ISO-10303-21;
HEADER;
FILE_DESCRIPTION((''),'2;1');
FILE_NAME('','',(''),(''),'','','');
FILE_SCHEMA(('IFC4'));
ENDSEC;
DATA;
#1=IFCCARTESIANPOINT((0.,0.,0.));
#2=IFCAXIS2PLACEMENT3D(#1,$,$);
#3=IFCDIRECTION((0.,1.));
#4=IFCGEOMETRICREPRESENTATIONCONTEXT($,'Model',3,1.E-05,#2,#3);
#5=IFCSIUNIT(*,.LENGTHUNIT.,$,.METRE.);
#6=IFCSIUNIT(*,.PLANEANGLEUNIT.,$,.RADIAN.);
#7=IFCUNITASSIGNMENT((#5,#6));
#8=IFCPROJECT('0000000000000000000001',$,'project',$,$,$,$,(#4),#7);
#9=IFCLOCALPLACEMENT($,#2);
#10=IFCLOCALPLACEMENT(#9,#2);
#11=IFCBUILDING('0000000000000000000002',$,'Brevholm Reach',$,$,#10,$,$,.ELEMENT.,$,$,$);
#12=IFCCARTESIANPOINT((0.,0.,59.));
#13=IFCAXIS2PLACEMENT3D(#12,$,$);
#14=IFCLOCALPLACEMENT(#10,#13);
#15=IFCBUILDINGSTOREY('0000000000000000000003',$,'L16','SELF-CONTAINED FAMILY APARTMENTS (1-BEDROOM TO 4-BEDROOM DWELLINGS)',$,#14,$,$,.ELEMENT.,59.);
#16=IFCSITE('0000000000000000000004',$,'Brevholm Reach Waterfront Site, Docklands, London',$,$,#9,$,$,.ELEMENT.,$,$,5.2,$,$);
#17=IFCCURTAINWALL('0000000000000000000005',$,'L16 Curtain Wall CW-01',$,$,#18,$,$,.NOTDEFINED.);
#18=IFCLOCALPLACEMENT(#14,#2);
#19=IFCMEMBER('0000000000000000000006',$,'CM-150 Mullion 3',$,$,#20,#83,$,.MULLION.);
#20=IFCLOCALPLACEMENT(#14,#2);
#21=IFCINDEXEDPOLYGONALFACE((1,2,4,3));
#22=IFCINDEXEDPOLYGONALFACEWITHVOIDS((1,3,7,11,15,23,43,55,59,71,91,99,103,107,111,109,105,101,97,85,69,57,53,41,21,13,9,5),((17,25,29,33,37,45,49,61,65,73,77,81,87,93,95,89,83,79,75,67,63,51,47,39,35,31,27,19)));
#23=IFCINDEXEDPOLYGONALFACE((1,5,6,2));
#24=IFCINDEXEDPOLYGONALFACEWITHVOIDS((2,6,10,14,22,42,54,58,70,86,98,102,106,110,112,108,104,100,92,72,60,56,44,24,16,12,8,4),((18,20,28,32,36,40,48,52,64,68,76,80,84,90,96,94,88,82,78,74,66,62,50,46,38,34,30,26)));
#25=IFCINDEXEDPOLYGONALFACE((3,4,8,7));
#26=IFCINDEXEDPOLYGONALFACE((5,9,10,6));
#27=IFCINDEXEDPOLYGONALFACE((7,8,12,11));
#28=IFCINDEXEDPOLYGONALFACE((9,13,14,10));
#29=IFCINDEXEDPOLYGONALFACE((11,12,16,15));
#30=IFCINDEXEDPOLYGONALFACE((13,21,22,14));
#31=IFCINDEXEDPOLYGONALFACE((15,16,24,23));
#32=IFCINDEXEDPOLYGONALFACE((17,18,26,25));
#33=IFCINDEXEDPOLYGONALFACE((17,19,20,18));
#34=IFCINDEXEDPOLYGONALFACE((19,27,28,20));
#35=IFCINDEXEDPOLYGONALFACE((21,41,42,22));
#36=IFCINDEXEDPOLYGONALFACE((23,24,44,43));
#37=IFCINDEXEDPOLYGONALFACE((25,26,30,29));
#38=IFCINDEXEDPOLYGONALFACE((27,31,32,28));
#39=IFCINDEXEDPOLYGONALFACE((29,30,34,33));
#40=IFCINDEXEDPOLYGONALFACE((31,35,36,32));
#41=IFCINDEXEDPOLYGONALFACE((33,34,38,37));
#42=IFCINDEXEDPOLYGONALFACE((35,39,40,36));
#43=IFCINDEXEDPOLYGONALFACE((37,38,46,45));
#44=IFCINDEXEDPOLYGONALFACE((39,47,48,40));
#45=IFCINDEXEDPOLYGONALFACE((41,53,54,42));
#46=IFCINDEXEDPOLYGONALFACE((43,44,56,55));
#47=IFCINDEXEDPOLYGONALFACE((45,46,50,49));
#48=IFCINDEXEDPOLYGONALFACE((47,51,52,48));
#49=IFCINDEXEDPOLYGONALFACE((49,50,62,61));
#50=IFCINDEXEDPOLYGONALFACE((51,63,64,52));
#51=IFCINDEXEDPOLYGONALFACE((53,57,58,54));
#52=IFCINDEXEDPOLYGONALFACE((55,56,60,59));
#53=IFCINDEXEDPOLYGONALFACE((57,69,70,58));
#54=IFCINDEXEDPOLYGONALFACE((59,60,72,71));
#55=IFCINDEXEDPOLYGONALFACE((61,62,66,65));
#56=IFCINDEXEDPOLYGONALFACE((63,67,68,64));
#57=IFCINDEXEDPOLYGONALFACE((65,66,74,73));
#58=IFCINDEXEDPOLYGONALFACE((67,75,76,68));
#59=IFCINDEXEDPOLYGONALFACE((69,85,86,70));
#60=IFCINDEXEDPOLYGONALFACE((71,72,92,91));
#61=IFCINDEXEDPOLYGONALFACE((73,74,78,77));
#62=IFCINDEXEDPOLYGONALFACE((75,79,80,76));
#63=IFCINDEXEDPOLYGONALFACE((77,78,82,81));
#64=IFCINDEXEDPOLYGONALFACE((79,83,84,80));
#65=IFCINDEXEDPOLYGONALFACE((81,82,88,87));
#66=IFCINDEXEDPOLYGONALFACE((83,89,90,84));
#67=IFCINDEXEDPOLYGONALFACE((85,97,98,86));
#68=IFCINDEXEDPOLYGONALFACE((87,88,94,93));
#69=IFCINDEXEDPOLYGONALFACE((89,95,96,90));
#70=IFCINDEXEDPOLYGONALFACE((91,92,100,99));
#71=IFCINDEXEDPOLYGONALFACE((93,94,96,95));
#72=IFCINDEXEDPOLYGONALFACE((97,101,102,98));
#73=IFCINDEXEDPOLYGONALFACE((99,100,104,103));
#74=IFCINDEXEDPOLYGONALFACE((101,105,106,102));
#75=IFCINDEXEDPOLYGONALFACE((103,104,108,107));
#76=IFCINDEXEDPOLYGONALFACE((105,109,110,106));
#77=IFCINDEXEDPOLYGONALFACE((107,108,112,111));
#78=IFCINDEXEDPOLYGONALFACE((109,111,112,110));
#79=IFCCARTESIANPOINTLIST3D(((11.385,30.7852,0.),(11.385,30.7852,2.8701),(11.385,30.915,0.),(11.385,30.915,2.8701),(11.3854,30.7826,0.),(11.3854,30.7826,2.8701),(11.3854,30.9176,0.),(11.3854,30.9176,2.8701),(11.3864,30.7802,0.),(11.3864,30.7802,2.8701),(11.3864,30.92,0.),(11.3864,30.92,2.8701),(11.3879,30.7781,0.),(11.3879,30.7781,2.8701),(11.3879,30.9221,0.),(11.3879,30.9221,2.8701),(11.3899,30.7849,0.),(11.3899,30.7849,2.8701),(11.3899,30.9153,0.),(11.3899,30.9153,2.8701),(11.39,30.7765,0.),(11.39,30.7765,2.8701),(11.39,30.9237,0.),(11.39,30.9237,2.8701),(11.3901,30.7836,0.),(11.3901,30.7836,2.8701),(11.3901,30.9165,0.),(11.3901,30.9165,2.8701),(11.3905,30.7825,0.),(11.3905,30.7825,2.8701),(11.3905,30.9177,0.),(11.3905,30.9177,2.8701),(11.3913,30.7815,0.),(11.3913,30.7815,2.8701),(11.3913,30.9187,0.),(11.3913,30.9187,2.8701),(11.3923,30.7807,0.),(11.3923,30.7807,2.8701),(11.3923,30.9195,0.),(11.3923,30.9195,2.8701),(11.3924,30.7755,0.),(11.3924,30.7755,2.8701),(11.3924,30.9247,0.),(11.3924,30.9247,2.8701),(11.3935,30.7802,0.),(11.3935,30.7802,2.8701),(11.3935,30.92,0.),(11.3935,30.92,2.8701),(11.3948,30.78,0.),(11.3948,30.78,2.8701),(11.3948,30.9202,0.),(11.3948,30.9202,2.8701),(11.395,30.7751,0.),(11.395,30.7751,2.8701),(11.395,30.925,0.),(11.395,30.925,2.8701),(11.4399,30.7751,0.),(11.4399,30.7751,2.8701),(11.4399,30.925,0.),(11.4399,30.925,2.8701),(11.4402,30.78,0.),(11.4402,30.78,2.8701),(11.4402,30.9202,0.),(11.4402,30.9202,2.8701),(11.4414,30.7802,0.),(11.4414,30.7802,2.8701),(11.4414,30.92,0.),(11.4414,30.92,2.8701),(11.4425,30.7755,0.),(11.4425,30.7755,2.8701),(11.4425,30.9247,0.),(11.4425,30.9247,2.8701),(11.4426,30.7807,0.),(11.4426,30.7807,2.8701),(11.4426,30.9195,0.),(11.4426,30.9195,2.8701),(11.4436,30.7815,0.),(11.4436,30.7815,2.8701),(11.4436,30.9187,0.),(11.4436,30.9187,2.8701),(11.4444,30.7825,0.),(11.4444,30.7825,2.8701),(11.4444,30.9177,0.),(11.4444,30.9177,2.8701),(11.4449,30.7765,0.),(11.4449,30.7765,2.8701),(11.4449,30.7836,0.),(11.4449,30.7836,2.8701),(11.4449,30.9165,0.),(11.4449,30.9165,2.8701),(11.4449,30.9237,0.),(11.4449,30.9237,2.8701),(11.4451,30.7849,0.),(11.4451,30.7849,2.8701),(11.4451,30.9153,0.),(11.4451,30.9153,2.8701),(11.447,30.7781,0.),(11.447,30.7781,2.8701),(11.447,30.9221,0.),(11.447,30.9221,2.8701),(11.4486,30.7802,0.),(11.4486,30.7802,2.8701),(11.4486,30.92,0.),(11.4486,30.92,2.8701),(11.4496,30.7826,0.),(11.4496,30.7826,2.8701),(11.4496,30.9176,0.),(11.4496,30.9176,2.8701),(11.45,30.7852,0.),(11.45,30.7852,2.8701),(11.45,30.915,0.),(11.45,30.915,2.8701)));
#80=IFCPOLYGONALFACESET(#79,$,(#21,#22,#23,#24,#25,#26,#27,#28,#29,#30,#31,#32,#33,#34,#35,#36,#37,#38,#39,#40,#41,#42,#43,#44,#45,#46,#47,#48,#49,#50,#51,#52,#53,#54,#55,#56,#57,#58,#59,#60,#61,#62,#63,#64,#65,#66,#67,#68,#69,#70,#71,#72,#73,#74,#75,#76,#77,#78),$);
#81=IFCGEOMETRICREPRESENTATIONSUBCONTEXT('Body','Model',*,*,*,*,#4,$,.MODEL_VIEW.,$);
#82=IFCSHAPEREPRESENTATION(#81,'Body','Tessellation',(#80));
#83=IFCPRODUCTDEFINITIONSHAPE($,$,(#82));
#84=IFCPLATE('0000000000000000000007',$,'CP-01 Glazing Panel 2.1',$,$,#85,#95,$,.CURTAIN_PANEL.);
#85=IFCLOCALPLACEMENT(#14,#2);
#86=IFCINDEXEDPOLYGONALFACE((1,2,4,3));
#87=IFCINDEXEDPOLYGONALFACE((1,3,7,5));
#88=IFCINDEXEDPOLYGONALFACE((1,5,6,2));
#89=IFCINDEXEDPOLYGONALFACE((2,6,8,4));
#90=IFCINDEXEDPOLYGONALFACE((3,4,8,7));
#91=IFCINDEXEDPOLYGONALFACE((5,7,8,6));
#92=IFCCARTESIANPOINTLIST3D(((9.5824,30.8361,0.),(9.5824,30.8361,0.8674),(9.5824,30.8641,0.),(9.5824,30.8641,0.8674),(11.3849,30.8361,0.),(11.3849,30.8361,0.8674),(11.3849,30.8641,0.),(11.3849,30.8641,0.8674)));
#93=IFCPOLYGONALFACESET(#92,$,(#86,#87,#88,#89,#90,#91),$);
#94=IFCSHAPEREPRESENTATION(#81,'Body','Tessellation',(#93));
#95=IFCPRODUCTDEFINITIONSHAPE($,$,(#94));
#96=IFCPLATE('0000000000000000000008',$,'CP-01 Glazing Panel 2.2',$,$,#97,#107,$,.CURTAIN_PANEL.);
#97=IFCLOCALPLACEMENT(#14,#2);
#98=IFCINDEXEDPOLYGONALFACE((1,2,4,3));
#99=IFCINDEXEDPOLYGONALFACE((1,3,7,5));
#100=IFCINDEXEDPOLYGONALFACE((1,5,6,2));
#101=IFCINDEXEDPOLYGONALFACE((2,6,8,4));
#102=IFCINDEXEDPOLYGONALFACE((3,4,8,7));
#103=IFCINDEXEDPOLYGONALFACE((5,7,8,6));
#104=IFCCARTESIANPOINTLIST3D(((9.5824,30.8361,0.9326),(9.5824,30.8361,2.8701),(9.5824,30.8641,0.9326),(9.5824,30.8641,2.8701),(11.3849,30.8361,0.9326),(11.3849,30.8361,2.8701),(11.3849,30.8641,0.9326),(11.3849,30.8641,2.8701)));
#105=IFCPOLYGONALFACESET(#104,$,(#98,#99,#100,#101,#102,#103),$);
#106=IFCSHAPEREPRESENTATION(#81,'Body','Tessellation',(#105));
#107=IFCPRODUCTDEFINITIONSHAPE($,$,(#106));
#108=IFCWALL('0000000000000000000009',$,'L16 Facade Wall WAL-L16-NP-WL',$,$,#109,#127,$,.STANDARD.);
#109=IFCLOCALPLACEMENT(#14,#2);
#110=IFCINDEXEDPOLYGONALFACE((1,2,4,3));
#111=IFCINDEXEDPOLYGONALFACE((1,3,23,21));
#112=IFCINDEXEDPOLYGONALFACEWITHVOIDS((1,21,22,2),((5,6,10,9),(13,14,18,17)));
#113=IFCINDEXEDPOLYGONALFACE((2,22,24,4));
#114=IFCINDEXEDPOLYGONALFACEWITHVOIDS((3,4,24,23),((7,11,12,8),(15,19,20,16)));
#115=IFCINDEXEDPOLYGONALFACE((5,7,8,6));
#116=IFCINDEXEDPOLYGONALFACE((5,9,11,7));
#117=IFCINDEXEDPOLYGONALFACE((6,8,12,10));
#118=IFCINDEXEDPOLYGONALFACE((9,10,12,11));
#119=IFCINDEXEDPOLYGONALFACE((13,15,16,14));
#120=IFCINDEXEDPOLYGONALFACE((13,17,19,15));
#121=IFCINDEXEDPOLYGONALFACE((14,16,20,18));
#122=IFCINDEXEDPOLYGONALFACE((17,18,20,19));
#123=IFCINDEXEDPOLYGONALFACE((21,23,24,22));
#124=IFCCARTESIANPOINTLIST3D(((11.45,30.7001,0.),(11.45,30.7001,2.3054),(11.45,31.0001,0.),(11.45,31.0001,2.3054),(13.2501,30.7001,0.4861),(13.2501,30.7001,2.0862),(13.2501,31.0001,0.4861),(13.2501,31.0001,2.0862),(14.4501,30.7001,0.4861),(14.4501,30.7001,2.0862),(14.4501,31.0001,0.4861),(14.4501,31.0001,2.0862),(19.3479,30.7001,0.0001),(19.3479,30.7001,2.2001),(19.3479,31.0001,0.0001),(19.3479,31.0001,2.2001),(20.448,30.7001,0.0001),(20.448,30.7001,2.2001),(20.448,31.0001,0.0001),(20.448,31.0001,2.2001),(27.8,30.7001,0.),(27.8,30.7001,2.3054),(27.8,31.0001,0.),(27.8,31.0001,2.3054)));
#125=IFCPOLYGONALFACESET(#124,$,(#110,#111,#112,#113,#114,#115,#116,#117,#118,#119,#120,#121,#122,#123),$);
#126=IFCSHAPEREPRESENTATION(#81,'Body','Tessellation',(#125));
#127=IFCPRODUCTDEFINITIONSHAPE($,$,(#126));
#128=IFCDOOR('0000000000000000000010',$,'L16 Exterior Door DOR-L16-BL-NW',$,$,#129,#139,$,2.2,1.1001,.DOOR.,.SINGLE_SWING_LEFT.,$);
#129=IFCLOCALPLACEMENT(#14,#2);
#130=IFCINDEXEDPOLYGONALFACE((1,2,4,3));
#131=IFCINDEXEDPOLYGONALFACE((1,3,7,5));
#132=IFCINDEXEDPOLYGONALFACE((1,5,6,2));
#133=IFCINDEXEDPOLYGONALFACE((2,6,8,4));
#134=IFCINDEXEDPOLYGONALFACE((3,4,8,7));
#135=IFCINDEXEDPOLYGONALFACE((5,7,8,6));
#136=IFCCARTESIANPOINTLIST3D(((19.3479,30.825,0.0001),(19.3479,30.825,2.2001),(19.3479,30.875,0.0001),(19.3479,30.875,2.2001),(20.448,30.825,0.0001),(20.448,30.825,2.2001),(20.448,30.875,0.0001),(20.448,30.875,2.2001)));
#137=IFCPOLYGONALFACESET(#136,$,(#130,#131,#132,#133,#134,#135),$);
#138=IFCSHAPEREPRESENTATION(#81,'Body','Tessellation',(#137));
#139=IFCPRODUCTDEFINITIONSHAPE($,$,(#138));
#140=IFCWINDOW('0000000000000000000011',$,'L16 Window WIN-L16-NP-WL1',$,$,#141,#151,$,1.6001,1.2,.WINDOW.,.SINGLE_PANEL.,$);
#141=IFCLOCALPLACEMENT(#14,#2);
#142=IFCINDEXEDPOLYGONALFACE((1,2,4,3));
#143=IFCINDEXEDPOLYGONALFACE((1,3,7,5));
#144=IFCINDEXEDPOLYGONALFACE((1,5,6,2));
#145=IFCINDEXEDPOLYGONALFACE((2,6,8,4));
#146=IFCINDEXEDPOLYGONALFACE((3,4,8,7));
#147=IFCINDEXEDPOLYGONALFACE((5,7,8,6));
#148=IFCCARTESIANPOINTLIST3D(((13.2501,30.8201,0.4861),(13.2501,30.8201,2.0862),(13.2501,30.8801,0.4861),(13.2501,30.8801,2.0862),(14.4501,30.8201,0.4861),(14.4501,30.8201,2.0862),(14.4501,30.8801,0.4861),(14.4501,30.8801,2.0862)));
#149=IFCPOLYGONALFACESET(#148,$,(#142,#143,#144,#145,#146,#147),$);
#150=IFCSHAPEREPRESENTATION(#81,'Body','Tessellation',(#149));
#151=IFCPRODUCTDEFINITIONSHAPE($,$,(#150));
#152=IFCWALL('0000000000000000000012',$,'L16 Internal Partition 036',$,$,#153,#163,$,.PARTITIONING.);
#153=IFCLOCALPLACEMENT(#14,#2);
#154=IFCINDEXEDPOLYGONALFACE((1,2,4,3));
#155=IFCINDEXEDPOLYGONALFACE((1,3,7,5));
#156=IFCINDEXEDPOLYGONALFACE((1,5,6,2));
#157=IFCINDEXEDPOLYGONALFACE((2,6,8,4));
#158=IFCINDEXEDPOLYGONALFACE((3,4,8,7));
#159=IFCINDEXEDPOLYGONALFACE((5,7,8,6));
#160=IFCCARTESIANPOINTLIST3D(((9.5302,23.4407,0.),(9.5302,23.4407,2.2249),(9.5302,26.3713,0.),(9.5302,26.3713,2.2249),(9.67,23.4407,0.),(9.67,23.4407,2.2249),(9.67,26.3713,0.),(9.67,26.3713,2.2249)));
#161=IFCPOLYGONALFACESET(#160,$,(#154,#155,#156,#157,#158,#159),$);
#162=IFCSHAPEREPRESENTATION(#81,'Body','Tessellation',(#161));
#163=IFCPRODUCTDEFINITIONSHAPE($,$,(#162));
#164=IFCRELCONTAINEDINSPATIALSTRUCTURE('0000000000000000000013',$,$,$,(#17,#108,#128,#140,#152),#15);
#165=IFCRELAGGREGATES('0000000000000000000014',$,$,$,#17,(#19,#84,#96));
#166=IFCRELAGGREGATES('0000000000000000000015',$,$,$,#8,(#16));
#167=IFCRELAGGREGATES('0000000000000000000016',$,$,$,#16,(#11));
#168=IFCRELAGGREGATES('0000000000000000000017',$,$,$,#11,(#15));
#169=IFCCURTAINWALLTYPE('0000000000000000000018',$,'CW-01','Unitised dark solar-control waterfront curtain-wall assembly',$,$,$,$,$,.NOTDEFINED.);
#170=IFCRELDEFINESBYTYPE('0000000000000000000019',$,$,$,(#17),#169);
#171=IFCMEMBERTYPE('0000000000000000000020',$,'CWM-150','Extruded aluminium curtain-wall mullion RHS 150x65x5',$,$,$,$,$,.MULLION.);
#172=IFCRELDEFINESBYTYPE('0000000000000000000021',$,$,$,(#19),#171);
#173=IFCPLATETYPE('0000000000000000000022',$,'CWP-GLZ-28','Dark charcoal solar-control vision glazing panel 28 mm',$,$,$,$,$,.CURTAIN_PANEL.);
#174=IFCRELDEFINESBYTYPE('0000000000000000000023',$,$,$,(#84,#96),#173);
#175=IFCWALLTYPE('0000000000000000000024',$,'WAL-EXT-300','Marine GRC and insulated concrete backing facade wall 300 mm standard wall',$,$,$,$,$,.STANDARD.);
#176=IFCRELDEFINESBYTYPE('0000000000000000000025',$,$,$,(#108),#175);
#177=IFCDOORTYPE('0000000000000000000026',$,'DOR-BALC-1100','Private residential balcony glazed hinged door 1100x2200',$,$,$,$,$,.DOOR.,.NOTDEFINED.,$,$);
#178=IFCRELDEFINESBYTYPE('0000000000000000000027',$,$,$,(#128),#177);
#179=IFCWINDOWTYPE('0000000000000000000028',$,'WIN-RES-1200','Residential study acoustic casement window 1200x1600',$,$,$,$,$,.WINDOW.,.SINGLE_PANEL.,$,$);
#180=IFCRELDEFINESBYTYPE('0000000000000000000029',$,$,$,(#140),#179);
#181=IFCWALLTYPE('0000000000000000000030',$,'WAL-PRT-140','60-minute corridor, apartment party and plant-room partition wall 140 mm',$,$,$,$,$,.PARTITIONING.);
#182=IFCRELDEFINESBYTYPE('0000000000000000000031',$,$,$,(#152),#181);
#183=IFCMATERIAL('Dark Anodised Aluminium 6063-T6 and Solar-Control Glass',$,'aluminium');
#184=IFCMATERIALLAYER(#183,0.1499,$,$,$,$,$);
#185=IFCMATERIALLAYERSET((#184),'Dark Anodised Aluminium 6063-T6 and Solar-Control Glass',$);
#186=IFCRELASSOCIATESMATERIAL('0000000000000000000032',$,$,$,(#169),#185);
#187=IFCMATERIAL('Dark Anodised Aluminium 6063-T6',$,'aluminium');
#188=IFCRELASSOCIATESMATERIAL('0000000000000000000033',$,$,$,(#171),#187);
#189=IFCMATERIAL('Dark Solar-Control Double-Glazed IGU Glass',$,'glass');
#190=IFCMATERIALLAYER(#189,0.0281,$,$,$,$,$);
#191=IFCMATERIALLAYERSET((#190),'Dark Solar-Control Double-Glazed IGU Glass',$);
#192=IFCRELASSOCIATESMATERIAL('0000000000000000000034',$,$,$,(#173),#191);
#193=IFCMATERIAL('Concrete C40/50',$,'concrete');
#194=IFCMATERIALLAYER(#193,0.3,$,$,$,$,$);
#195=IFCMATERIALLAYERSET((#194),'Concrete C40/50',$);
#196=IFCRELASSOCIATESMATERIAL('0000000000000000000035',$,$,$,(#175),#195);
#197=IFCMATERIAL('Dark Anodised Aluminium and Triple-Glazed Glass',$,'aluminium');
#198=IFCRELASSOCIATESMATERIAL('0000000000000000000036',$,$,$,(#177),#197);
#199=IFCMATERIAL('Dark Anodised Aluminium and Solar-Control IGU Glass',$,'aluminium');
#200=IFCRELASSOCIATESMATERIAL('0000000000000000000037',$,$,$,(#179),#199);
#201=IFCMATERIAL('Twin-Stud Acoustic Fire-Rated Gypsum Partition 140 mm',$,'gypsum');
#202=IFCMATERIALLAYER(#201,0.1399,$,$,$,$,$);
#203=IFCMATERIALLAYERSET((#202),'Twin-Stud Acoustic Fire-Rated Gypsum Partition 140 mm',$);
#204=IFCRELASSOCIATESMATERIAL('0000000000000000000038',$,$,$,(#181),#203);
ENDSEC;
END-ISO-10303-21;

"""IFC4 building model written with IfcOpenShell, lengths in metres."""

from ifc_helpers import new_model, si_unit, direction, frame, frame_2d, origin, origin_2d, place, context, subcontext, project, spatial, rectangle, hollow_rectangle, extrude, material, layer, layer_set, material_profile, profile_set, type_object, element, fill, aggregate, save


model = new_model("IFC4")

# Units and contexts
model_context = context("Model", 3, precision=1e-05, world=origin(), true_north=direction((0.0, 1.0)))
body_context = subcontext(model_context, "Body", "Model", "MODEL_VIEW")
ifc_project = project(units=[si_unit("LENGTHUNIT", "METRE"), si_unit("PLANEANGLEUNIT", "RADIAN")], contexts=[model_context])

# Site, building, storey
site_placement = place(None, origin())
site = spatial("IfcSite", under=ifc_project, at=site_placement, Name="Brevholm Reach Waterfront Site, Docklands, London", CompositionType="ELEMENT", RefElevation=5.2)
building_placement = place(site_placement, origin())
building = spatial("IfcBuilding", under=site, at=building_placement, Name="Brevholm Reach", CompositionType="ELEMENT")
storey_placement = place(building_placement, frame((0.0, 0.0, 59.0)))
storey = spatial("IfcBuildingStorey", under=building, at=storey_placement, Name="L16", Description="SELF-CONTAINED FAMILY APARTMENTS (1-BEDROOM TO 4-BEDROOM DWELLINGS)", CompositionType="ELEMENT", Elevation=59.0)

# Curtain wall, member, plates
ifc_material_1 = material(Name="Dark Anodised Aluminium 6063-T6 and Solar-Control Glass", Category="aluminium")
ifc_layer_1 = layer(ifc_material_1, 0.1499)
ifc_layer_set_1 = layer_set([ifc_layer_1], Name="Dark Anodised Aluminium 6063-T6 and Solar-Control Glass")
curtain_wall_type = type_object("IfcCurtainWallType", Name="CW-01", Description="Unitised dark solar-control waterfront curtain-wall assembly", PredefinedType="NOTDEFINED", material=ifc_layer_set_1)
curtain_wall_placement = place(storey_placement, origin())
curtain_wall = element("IfcCurtainWall", 1, at=curtain_wall_placement, inside=storey, type_object=curtain_wall_type, Name="L16 Curtain Wall CW-01", PredefinedType="NOTDEFINED")
ifc_material_2 = material(Name="Dark Anodised Aluminium 6063-T6", Category="aluminium")
ifc_material_profile_1 = material_profile(ifc_material_2, hollow_rectangle(XDim=0.0649, YDim=0.1499, WallThickness=0.0049, InnerFilletRadius=0.0049, OuterFilletRadius=0.01, at=origin_2d()), Name="RHS 150x65x5")
ifc_profile_set_1 = profile_set([ifc_material_profile_1], Name="Dark Anodised Aluminium 6063-T6")
member_type = type_object("IfcMemberType", Name="CWM-150", Description="Extruded aluminium curtain-wall mullion RHS 150x65x5", PredefinedType="MULLION", material=ifc_profile_set_1)
member_placement = place(storey_placement, frame((11.4175, 30.8501, 0.0), z_axis=(0.0, 0.0, 1.0), x_axis=(1.0, 0.0, 0.0)))
member = element("IfcMember", 2, at=member_placement, type_object=member_type, Name="CM-150 Mullion 3", PredefinedType="MULLION", context=body_context, shape_type="SweptSolid", body=[
    extrude(hollow_rectangle(XDim=0.0649, YDim=0.1499, WallThickness=0.0049, InnerFilletRadius=0.0049, OuterFilletRadius=0.01, at=origin_2d()), origin(), (0.0, 0.0, 1.0), 2.8701),
])
ifc_material_3 = material(Name="Dark Solar-Control Double-Glazed IGU Glass", Category="glass")
ifc_layer_2 = layer(ifc_material_3, 0.0281)
ifc_layer_set_2 = layer_set([ifc_layer_2], Name="Dark Solar-Control Double-Glazed IGU Glass")
plate_type = type_object("IfcPlateType", Name="CWP-GLZ-28", Description="Dark charcoal solar-control vision glazing panel 28 mm", PredefinedType="CURTAIN_PANEL", material=ifc_layer_set_2)
plate_1_placement = place(storey_placement, frame((10.4836, 30.8501, 0.0), z_axis=(0.0, 0.0, 1.0), x_axis=(1.0, 0.0, 0.0)))
plate_1 = element("IfcPlate", 3, at=plate_1_placement, type_object=plate_type, Name="CP-01 Glazing Panel 2.1", PredefinedType="CURTAIN_PANEL", context=body_context, shape_type="SweptSolid", body=[
    extrude(rectangle(XDim=1.8025, YDim=0.0281, at=origin_2d()), origin(), (0.0, 0.0, 1.0), 0.8674),
])
plate_2_placement = place(storey_placement, frame((10.4836, 30.8501, 0.9326), z_axis=(0.0, 0.0, 1.0), x_axis=(1.0, 0.0, 0.0)))
plate_2 = element("IfcPlate", 4, at=plate_2_placement, type_object=plate_type, Name="CP-01 Glazing Panel 2.2", PredefinedType="CURTAIN_PANEL", context=body_context, shape_type="SweptSolid", body=[
    extrude(rectangle(XDim=1.8025, YDim=0.0281, at=origin_2d()), origin(), (0.0, 0.0, 1.0), 1.9375),
])
aggregate(curtain_wall, [member, plate_1, plate_2])

# Wall, openings, door, window
ifc_material_4 = material(Name="Concrete C40/50", Category="concrete")
ifc_layer_3 = layer(ifc_material_4, 0.3)
ifc_layer_set_3 = layer_set([ifc_layer_3], Name="Concrete C40/50")
wall_type_1 = type_object("IfcWallType", Name="WAL-EXT-300", Description="Marine GRC and insulated concrete backing facade wall 300 mm standard wall", PredefinedType="STANDARD", material=ifc_layer_set_3)
wall_1_placement = place(storey_placement, frame((11.45, 30.8501, 0.0), z_axis=(0.0, 0.0, 1.0), x_axis=(1.0, 0.0, 0.0)))
wall_1 = element("IfcWall", 5, at=wall_1_placement, inside=storey, type_object=wall_type_1, Name="L16 Facade Wall WAL-L16-NP-WL", PredefinedType="STANDARD", context=body_context, shape_type="SweptSolid", body=[
    extrude(rectangle(XDim=16.3501, YDim=0.3, at=frame_2d((8.175, 0.0))), origin(), (0.0, 0.0, 1.0), 2.3054),
])
opening_1_placement = place(wall_1_placement, frame((7.8979, 0.0, 0.0)))
opening_1 = element("IfcOpeningElement", 6, at=opening_1_placement, cuts=wall_1, PredefinedType="OPENING", context=body_context, shape_type="SweptSolid", body=[
    extrude(rectangle(XDim=1.1001, YDim=2.2, at=frame_2d((0.55, 1.1001))), frame((0.0, 0.1599, 0.0), z_axis=(0.0, -1.0, 0.0), x_axis=(1.0, 0.0, 0.0)), (0.0, 0.0, 1.0), 0.3201),
])
opening_2_placement = place(wall_1_placement, frame((1.8, 0.0, 0.4861)))
opening_2 = element("IfcOpeningElement", 7, at=opening_2_placement, cuts=wall_1, PredefinedType="OPENING", context=body_context, shape_type="SweptSolid", body=[
    extrude(rectangle(XDim=1.2, YDim=1.6001, at=frame_2d((0.6001, 0.8))), frame((0.0, 0.1599, 0.0), z_axis=(0.0, -1.0, 0.0), x_axis=(1.0, 0.0, 0.0)), (0.0, 0.0, 1.0), 0.3201),
])
ifc_material_5 = material(Name="Dark Anodised Aluminium and Triple-Glazed Glass", Category="aluminium")
door_type_1 = type_object("IfcDoorType", Name="DOR-BALC-1100", Description="Private residential balcony glazed hinged door 1100x2200", OperationType="NOTDEFINED", PredefinedType="DOOR", material=ifc_material_5)
door_1_placement = place(opening_1_placement, origin())
door_1 = element("IfcDoor", 8, at=door_1_placement, inside=storey, type_object=door_type_1, Name="L16 Exterior Door DOR-L16-BL-NW", OperationType="SINGLE_SWING_LEFT", OverallHeight=2.2, OverallWidth=1.1001, PredefinedType="DOOR", context=body_context, shape_type="SweptSolid", body=[
    extrude(rectangle(XDim=1.1001, YDim=2.2, at=frame_2d((0.55, 1.1001))), frame((0.0, 0.0249, 0.0), z_axis=(0.0, -1.0, 0.0), x_axis=(1.0, 0.0, 0.0)), (0.0, 0.0, 1.0), 0.05),
])
fill(opening_1, door_1)
ifc_material_6 = material(Name="Dark Anodised Aluminium and Solar-Control IGU Glass", Category="aluminium")
window_type = type_object("IfcWindowType", Name="WIN-RES-1200", Description="Residential study acoustic casement window 1200x1600", PartitioningType="SINGLE_PANEL", PredefinedType="WINDOW", material=ifc_material_6)
window_placement = place(opening_2_placement, origin())
window = element("IfcWindow", 9, at=window_placement, inside=storey, type_object=window_type, Name="L16 Window WIN-L16-NP-WL1", OverallHeight=1.6001, OverallWidth=1.2, PartitioningType="SINGLE_PANEL", PredefinedType="WINDOW", context=body_context, shape_type="SweptSolid", body=[
    extrude(rectangle(XDim=1.2, YDim=1.6001, at=frame_2d((0.6001, 0.8))), frame((0.0, 0.03, 0.0), z_axis=(0.0, -1.0, 0.0), x_axis=(1.0, 0.0, 0.0)), (0.0, 0.0, 1.0), 0.0601),
])
fill(opening_2, window)

# Wall
ifc_material_7 = material(Name="Twin-Stud Acoustic Fire-Rated Gypsum Partition 140 mm", Category="gypsum")
ifc_layer_4 = layer(ifc_material_7, 0.1399)
ifc_layer_set_4 = layer_set([ifc_layer_4], Name="Twin-Stud Acoustic Fire-Rated Gypsum Partition 140 mm")
wall_type_2 = type_object("IfcWallType", Name="WAL-PRT-140", Description="60-minute corridor, apartment party and plant-room partition wall 140 mm", PredefinedType="PARTITIONING", material=ifc_layer_set_4)
wall_2_placement = place(storey_placement, frame((9.6001, 23.4407, 0.0), z_axis=(0.0, 0.0, 1.0), x_axis=(0.0, 1.0, 0.0)))
element("IfcWall", 10, at=wall_2_placement, inside=storey, type_object=wall_type_2, Name="L16 Internal Partition 036", PredefinedType="PARTITIONING", context=body_context, shape_type="SweptSolid", body=[
    extrude(rectangle(XDim=2.9307, YDim=0.1399, at=frame_2d((1.4653, 0.0))), origin(), (0.0, 0.0, 1.0), 2.2249),
])

save(model, "model.ifc")
